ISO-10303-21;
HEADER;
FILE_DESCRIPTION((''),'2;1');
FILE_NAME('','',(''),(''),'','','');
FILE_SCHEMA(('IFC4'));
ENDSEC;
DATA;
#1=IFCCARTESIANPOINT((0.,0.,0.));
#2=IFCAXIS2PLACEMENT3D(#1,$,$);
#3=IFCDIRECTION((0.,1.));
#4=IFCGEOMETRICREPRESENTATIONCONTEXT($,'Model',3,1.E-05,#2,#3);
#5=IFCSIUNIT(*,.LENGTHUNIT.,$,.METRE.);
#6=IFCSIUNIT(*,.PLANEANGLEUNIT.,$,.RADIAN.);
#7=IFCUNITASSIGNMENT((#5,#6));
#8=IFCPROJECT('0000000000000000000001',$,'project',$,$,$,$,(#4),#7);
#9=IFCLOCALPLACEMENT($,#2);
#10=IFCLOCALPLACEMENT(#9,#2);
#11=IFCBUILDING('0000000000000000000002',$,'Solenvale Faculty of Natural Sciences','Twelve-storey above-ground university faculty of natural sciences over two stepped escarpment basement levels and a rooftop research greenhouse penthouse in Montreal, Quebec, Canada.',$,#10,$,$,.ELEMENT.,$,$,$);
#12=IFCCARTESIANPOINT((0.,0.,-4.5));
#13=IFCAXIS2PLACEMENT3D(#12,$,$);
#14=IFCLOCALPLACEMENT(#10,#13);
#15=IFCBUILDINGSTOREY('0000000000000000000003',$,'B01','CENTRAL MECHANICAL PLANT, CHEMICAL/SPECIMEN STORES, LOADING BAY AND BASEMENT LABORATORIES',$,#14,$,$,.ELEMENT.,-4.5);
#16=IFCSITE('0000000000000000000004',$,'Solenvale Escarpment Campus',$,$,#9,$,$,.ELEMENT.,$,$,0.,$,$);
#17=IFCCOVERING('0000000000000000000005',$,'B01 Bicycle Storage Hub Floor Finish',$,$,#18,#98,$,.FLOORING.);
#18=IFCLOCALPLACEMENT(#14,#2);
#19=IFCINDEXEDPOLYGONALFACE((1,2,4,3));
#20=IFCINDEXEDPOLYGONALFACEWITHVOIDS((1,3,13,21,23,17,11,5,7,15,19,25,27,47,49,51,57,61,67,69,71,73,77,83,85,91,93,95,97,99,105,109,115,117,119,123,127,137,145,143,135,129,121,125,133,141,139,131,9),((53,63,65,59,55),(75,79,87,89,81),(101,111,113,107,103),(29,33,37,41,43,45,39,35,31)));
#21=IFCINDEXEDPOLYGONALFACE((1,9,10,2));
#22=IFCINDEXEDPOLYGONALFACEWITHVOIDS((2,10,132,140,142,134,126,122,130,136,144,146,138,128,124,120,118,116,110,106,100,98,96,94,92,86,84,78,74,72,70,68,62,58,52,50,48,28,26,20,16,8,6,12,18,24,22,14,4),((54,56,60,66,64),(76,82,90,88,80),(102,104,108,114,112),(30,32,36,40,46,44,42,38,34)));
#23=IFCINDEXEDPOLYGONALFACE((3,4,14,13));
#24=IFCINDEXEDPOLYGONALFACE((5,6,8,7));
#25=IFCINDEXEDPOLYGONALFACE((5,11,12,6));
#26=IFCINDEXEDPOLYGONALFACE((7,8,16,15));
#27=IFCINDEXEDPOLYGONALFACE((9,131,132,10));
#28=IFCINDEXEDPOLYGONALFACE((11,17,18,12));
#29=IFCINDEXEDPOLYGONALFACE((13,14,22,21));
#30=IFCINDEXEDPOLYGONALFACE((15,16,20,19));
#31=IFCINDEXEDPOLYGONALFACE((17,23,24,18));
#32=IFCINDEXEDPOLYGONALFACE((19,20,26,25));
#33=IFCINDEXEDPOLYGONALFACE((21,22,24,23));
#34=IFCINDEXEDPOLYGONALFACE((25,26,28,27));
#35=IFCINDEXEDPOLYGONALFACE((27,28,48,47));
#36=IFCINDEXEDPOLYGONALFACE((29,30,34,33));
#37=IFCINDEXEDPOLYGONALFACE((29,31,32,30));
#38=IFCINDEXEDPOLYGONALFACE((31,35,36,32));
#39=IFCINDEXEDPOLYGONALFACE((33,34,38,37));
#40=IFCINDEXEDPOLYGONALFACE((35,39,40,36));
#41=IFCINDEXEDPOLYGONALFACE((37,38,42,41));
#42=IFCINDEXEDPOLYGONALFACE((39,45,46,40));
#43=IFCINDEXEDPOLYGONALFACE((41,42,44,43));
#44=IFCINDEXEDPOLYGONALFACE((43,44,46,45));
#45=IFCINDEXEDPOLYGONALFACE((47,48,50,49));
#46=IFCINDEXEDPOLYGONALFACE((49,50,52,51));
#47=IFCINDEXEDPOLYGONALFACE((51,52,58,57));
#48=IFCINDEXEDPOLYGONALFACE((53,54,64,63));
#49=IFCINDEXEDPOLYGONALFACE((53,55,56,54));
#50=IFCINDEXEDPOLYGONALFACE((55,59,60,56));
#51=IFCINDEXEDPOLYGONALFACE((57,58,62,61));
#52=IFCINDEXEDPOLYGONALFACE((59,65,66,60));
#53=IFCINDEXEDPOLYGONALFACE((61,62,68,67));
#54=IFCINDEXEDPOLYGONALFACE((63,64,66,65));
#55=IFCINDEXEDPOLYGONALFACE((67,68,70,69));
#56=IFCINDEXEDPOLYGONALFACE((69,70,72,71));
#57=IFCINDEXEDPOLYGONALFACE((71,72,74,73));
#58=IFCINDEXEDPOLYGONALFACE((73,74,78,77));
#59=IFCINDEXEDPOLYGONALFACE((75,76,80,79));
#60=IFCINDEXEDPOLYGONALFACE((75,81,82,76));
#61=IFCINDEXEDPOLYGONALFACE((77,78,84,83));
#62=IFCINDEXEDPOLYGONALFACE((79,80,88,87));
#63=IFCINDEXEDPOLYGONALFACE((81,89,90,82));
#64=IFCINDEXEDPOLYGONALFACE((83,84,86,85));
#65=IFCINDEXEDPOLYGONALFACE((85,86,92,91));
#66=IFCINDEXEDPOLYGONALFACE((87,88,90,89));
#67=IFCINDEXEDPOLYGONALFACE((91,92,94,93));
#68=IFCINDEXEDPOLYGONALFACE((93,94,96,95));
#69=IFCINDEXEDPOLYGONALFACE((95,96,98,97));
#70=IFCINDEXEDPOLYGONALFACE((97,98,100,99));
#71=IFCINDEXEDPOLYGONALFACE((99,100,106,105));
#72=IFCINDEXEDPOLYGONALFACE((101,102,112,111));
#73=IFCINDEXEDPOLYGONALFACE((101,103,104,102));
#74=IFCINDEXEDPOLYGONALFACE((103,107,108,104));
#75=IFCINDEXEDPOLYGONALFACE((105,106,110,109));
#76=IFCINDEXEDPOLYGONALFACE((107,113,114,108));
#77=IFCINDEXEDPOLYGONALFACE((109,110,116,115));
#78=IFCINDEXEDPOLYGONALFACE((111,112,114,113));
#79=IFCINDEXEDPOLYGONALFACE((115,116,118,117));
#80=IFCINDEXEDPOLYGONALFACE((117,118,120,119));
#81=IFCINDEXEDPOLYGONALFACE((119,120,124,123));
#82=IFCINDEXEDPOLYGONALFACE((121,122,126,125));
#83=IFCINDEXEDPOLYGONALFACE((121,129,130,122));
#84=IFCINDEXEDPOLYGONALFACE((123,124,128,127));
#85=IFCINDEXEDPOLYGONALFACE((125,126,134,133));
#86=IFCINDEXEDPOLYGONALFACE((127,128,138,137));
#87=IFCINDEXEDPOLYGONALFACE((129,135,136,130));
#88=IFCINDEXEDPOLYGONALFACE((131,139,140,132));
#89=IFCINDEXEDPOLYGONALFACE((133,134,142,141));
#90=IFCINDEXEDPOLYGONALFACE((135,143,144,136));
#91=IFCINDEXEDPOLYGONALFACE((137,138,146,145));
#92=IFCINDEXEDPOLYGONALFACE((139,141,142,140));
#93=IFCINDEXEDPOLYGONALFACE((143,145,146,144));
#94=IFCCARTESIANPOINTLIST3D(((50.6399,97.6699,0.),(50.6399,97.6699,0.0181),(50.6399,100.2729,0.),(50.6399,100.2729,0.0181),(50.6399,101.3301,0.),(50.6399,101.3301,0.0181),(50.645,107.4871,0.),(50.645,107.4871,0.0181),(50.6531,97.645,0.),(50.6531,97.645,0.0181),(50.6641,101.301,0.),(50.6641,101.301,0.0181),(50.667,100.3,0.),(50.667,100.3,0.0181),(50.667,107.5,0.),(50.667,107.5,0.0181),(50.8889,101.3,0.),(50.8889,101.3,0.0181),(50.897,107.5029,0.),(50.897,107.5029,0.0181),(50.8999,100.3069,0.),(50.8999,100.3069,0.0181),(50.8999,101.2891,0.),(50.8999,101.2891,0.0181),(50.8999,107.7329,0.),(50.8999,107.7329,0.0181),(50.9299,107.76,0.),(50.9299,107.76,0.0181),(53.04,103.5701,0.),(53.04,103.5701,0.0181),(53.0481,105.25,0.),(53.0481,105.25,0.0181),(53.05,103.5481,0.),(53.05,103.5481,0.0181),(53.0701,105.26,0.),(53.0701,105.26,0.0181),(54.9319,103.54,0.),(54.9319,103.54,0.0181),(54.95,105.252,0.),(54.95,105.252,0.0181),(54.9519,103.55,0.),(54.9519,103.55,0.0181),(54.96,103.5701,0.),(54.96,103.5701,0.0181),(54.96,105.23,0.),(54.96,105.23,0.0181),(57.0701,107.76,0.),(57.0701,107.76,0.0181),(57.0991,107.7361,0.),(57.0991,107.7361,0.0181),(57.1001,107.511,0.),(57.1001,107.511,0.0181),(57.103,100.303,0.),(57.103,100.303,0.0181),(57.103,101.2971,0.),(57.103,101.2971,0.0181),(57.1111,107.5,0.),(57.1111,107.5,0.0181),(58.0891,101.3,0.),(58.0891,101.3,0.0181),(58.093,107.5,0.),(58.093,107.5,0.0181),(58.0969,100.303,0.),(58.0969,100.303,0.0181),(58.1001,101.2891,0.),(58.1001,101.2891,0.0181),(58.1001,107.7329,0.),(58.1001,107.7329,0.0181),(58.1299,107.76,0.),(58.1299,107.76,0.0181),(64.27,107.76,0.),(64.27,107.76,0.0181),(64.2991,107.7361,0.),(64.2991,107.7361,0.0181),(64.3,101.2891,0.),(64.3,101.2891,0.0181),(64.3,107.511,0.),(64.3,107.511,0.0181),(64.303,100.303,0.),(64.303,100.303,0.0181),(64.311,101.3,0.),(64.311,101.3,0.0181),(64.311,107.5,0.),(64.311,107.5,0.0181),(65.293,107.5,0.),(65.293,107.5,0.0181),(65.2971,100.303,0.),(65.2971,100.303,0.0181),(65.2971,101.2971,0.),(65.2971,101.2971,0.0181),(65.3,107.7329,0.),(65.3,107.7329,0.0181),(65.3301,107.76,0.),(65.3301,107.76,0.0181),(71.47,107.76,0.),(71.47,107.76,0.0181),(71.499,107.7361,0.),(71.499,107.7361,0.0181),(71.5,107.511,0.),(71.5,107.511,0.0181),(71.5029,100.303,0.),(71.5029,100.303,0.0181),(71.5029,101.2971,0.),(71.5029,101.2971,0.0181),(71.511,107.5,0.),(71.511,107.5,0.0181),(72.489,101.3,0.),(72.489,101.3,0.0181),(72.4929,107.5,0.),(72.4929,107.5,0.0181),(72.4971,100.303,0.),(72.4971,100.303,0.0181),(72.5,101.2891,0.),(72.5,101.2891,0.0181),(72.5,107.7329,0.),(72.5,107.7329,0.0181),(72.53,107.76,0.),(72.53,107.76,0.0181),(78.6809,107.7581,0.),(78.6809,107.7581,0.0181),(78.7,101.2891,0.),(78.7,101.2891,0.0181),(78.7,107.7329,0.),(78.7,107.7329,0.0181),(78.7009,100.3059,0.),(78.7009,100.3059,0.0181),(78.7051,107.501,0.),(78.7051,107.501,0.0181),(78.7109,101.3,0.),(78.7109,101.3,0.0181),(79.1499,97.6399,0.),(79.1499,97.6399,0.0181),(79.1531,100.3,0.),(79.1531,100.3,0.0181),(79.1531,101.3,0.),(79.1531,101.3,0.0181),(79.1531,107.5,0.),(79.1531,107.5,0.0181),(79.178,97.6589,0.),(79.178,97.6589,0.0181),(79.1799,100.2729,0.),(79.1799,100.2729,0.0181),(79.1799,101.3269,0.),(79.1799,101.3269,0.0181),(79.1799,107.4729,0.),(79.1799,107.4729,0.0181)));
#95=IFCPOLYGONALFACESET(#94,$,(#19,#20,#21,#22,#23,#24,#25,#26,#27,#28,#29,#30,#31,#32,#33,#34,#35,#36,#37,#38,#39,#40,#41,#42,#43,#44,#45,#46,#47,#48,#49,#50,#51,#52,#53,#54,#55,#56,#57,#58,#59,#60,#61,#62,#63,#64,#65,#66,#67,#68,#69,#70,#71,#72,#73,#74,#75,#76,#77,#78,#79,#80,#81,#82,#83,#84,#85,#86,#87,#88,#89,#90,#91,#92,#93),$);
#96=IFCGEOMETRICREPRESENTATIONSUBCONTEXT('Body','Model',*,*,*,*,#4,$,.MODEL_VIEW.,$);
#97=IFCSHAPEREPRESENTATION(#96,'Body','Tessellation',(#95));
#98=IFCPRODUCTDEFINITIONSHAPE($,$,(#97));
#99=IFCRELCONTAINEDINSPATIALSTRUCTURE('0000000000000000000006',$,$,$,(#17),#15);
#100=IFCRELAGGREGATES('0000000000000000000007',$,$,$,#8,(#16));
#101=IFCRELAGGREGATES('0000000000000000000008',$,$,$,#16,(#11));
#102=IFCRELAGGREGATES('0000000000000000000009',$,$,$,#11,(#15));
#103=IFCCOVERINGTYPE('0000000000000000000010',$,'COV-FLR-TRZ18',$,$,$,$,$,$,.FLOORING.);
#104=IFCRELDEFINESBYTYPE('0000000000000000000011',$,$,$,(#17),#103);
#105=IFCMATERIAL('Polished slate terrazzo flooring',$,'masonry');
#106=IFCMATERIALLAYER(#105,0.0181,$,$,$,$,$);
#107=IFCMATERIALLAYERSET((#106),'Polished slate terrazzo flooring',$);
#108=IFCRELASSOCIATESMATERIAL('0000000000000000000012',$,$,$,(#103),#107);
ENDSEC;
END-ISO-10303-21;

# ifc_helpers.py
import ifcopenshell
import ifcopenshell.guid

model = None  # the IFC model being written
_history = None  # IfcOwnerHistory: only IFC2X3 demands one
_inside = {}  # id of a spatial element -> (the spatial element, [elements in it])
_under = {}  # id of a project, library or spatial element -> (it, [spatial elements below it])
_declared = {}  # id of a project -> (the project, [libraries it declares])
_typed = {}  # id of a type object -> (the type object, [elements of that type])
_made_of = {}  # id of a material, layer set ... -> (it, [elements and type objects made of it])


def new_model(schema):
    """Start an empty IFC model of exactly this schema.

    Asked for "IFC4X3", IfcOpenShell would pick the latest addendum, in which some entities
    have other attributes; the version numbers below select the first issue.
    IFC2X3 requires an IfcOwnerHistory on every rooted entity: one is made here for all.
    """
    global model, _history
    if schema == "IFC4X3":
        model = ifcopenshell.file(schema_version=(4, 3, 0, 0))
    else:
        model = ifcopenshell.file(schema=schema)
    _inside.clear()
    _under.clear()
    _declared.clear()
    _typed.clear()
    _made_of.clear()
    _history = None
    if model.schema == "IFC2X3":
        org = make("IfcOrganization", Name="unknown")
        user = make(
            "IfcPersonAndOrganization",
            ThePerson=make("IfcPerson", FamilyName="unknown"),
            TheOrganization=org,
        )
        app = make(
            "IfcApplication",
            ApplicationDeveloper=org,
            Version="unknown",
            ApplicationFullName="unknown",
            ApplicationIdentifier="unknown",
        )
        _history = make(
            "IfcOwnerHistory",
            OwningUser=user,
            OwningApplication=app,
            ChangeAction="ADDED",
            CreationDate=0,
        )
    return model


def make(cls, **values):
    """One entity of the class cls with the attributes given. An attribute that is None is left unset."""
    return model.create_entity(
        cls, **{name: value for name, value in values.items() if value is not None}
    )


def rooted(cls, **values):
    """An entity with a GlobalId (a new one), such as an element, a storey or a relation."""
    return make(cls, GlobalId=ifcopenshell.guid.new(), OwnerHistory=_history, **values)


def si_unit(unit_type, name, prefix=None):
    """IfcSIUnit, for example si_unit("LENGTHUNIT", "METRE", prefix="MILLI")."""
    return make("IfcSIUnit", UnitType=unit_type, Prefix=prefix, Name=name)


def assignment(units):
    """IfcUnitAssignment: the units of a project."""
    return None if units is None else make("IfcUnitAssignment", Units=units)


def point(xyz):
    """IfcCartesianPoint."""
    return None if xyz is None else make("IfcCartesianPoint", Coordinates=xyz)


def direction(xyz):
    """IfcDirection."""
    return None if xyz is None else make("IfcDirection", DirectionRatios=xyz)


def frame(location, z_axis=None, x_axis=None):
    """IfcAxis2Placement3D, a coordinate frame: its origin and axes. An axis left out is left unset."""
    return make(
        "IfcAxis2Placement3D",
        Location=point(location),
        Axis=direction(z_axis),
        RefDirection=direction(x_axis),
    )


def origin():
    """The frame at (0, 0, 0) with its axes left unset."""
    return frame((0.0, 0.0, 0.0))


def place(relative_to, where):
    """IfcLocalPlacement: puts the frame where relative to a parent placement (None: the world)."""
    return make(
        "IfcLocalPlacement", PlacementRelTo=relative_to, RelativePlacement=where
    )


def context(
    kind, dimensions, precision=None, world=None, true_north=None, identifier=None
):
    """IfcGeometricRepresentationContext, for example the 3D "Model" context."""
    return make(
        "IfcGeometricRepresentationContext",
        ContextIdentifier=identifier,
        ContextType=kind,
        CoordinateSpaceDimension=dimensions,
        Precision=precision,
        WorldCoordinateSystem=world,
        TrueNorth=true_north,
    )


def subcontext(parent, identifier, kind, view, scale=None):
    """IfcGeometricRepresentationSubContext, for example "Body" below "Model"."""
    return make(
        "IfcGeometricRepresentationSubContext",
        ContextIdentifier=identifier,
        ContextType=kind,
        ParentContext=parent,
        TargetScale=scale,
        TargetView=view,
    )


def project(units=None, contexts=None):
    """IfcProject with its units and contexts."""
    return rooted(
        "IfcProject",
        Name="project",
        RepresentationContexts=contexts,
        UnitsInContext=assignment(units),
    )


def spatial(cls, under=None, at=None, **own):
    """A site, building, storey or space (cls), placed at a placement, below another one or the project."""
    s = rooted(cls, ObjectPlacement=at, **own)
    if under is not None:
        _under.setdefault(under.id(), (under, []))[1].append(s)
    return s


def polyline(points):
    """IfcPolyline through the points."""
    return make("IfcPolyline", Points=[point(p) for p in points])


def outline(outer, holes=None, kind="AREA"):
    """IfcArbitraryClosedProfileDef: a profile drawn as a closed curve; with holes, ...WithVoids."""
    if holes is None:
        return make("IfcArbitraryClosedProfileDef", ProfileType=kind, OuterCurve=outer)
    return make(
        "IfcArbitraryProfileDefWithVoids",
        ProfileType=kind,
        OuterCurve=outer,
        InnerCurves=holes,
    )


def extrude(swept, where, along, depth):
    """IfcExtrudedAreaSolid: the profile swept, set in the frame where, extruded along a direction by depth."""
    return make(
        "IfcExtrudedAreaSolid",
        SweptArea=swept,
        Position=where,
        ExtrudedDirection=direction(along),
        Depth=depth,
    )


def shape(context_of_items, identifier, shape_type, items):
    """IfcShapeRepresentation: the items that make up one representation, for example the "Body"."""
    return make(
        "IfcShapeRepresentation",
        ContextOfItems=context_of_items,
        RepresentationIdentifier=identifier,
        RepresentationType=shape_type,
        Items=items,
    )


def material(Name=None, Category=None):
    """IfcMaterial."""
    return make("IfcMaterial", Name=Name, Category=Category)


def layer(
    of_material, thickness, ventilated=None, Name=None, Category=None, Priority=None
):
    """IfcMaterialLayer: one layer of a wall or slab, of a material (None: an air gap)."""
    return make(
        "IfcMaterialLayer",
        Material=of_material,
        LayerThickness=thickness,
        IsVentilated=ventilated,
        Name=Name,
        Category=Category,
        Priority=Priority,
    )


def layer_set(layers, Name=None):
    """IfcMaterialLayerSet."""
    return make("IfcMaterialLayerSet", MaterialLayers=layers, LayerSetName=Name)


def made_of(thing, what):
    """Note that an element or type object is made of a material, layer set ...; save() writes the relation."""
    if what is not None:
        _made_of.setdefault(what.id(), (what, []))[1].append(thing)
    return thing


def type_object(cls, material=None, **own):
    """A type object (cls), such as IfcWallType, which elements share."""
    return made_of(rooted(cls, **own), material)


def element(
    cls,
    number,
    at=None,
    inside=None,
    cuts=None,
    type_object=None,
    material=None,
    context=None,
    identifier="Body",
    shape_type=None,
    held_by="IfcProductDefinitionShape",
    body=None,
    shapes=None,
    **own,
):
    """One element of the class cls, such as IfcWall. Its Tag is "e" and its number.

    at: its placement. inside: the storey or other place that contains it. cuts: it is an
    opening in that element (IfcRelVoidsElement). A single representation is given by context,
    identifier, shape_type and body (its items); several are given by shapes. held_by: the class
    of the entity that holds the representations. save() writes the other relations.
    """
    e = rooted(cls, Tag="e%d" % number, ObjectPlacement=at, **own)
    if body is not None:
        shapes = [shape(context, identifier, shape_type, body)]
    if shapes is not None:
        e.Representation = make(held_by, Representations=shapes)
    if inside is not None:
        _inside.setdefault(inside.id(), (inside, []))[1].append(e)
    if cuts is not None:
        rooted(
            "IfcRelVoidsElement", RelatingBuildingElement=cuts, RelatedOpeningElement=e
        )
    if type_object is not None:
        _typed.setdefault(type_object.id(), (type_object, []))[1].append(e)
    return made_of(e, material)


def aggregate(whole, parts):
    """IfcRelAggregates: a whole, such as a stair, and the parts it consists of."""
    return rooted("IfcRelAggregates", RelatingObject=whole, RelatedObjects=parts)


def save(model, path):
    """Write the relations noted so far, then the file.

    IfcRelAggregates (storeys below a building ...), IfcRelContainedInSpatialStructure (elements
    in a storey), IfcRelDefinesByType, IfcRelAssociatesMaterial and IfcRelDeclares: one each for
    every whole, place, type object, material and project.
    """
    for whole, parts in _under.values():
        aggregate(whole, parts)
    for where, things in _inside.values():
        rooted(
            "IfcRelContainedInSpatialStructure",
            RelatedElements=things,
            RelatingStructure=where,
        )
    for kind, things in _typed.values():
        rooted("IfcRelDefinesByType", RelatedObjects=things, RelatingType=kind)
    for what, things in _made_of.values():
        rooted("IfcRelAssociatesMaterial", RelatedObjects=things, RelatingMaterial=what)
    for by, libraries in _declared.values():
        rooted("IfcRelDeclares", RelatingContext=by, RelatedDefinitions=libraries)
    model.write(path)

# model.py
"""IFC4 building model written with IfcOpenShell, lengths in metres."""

from ifc_helpers import new_model, si_unit, direction, frame, origin, place, context, subcontext, project, spatial, polyline, outline, extrude, material, layer, layer_set, type_object, element, save


model = new_model("IFC4")

# Units and contexts
model_context = context("Model", 3, precision=1e-05, world=origin(), true_north=direction((0.0, 1.0)))
body_context = subcontext(model_context, "Body", "Model", "MODEL_VIEW")
ifc_project = project(units=[si_unit("LENGTHUNIT", "METRE"), si_unit("PLANEANGLEUNIT", "RADIAN")], contexts=[model_context])

# Site, building, storey
site_placement = place(None, origin())
site = spatial("IfcSite", under=ifc_project, at=site_placement, Name="Solenvale Escarpment Campus", CompositionType="ELEMENT", RefElevation=0.0)
building_placement = place(site_placement, origin())
building = spatial("IfcBuilding", under=site, at=building_placement, Name="Solenvale Faculty of Natural Sciences", Description="Twelve-storey above-ground university faculty of natural sciences over two stepped escarpment basement levels and a rooftop research greenhouse penthouse in Montreal, Quebec, Canada.", CompositionType="ELEMENT")
storey_placement = place(building_placement, frame((0.0, 0.0, -4.5)))
storey = spatial("IfcBuildingStorey", under=building, at=storey_placement, Name="B01", Description="CENTRAL MECHANICAL PLANT, CHEMICAL/SPECIMEN STORES, LOADING BAY AND BASEMENT LABORATORIES", CompositionType="ELEMENT", Elevation=-4.5)

# Covering
ifc_material_1 = material(Name="Polished slate terrazzo flooring", Category="masonry")
ifc_layer_1 = layer(ifc_material_1, 0.0181)
ifc_layer_set_1 = layer_set([ifc_layer_1], Name="Polished slate terrazzo flooring")
covering_type_1 = type_object("IfcCoveringType", Name="COV-FLR-TRZ18", PredefinedType="FLOORING", material=ifc_layer_set_1)
covering_1_placement = place(storey_placement, origin())
element("IfcCovering", 1, at=covering_1_placement, inside=storey, type_object=covering_type_1, Name="B01 Bicycle Storage Hub Floor Finish", PredefinedType="FLOORING", context=body_context, shape_type="SweptSolid", body=[
    extrude(outline(polyline([(57.0701, 107.76), (57.0991, 107.7361), (57.1001, 107.511), (57.1111, 107.5), (58.093, 107.5), (58.1001, 107.7329), (58.1299, 107.76), (64.27, 107.76), (64.2991, 107.7361), (64.3, 107.511), (64.311, 107.5), (65.293, 107.5), (65.3, 107.7329), (65.3301, 107.76), (71.47, 107.76), (71.499, 107.7361), (71.5, 107.511), (71.511, 107.5), (72.4929, 107.5), (72.5, 107.7329), (72.53, 107.76), (78.6809, 107.7581), (78.7, 107.7329), (78.7051, 107.501), (79.1531, 107.5), (79.1799, 107.4729), (79.1799, 101.3269), (79.1531, 101.3), (78.7109, 101.3), (78.7, 101.2891), (78.7009, 100.3059), (79.1531, 100.3), (79.1799, 100.2729), (79.178, 97.6589), (79.1499, 97.6399), (50.6531, 97.645), (50.6399, 97.6699), (50.6399, 100.2729), (50.667, 100.3), (50.8999, 100.3069), (50.8999, 101.2891), (50.8889, 101.3), (50.6641, 101.301), (50.6399, 101.3301), (50.645, 107.4871), (50.667, 107.5), (50.897, 107.5029), (50.8999, 107.7329), (50.9299, 107.76), (57.0701, 107.76)]), holes=[polyline([(72.5, 101.2891), (72.489, 101.3), (71.5029, 101.2971), (71.5029, 100.303), (72.4971, 100.303), (72.5, 101.2891)]), polyline([(64.311, 101.3), (64.3, 101.2891), (64.303, 100.303), (65.2971, 100.303), (65.2971, 101.2971), (64.311, 101.3)]), polyline([(58.1001, 101.2891), (58.0891, 101.3), (57.103, 101.2971), (57.103, 100.303), (58.0969, 100.303), (58.1001, 101.2891)]), polyline([(54.9319, 103.54), (54.9519, 103.55), (54.96, 103.5701), (54.96, 105.23), (54.95, 105.252), (53.0701, 105.26), (53.0481, 105.25), (53.04, 103.5701), (53.05, 103.5481), (54.9319, 103.54)])]), origin(), (0.0, 0.0, 1.0), 0.0181),
])

save(model, "model.ifc")
